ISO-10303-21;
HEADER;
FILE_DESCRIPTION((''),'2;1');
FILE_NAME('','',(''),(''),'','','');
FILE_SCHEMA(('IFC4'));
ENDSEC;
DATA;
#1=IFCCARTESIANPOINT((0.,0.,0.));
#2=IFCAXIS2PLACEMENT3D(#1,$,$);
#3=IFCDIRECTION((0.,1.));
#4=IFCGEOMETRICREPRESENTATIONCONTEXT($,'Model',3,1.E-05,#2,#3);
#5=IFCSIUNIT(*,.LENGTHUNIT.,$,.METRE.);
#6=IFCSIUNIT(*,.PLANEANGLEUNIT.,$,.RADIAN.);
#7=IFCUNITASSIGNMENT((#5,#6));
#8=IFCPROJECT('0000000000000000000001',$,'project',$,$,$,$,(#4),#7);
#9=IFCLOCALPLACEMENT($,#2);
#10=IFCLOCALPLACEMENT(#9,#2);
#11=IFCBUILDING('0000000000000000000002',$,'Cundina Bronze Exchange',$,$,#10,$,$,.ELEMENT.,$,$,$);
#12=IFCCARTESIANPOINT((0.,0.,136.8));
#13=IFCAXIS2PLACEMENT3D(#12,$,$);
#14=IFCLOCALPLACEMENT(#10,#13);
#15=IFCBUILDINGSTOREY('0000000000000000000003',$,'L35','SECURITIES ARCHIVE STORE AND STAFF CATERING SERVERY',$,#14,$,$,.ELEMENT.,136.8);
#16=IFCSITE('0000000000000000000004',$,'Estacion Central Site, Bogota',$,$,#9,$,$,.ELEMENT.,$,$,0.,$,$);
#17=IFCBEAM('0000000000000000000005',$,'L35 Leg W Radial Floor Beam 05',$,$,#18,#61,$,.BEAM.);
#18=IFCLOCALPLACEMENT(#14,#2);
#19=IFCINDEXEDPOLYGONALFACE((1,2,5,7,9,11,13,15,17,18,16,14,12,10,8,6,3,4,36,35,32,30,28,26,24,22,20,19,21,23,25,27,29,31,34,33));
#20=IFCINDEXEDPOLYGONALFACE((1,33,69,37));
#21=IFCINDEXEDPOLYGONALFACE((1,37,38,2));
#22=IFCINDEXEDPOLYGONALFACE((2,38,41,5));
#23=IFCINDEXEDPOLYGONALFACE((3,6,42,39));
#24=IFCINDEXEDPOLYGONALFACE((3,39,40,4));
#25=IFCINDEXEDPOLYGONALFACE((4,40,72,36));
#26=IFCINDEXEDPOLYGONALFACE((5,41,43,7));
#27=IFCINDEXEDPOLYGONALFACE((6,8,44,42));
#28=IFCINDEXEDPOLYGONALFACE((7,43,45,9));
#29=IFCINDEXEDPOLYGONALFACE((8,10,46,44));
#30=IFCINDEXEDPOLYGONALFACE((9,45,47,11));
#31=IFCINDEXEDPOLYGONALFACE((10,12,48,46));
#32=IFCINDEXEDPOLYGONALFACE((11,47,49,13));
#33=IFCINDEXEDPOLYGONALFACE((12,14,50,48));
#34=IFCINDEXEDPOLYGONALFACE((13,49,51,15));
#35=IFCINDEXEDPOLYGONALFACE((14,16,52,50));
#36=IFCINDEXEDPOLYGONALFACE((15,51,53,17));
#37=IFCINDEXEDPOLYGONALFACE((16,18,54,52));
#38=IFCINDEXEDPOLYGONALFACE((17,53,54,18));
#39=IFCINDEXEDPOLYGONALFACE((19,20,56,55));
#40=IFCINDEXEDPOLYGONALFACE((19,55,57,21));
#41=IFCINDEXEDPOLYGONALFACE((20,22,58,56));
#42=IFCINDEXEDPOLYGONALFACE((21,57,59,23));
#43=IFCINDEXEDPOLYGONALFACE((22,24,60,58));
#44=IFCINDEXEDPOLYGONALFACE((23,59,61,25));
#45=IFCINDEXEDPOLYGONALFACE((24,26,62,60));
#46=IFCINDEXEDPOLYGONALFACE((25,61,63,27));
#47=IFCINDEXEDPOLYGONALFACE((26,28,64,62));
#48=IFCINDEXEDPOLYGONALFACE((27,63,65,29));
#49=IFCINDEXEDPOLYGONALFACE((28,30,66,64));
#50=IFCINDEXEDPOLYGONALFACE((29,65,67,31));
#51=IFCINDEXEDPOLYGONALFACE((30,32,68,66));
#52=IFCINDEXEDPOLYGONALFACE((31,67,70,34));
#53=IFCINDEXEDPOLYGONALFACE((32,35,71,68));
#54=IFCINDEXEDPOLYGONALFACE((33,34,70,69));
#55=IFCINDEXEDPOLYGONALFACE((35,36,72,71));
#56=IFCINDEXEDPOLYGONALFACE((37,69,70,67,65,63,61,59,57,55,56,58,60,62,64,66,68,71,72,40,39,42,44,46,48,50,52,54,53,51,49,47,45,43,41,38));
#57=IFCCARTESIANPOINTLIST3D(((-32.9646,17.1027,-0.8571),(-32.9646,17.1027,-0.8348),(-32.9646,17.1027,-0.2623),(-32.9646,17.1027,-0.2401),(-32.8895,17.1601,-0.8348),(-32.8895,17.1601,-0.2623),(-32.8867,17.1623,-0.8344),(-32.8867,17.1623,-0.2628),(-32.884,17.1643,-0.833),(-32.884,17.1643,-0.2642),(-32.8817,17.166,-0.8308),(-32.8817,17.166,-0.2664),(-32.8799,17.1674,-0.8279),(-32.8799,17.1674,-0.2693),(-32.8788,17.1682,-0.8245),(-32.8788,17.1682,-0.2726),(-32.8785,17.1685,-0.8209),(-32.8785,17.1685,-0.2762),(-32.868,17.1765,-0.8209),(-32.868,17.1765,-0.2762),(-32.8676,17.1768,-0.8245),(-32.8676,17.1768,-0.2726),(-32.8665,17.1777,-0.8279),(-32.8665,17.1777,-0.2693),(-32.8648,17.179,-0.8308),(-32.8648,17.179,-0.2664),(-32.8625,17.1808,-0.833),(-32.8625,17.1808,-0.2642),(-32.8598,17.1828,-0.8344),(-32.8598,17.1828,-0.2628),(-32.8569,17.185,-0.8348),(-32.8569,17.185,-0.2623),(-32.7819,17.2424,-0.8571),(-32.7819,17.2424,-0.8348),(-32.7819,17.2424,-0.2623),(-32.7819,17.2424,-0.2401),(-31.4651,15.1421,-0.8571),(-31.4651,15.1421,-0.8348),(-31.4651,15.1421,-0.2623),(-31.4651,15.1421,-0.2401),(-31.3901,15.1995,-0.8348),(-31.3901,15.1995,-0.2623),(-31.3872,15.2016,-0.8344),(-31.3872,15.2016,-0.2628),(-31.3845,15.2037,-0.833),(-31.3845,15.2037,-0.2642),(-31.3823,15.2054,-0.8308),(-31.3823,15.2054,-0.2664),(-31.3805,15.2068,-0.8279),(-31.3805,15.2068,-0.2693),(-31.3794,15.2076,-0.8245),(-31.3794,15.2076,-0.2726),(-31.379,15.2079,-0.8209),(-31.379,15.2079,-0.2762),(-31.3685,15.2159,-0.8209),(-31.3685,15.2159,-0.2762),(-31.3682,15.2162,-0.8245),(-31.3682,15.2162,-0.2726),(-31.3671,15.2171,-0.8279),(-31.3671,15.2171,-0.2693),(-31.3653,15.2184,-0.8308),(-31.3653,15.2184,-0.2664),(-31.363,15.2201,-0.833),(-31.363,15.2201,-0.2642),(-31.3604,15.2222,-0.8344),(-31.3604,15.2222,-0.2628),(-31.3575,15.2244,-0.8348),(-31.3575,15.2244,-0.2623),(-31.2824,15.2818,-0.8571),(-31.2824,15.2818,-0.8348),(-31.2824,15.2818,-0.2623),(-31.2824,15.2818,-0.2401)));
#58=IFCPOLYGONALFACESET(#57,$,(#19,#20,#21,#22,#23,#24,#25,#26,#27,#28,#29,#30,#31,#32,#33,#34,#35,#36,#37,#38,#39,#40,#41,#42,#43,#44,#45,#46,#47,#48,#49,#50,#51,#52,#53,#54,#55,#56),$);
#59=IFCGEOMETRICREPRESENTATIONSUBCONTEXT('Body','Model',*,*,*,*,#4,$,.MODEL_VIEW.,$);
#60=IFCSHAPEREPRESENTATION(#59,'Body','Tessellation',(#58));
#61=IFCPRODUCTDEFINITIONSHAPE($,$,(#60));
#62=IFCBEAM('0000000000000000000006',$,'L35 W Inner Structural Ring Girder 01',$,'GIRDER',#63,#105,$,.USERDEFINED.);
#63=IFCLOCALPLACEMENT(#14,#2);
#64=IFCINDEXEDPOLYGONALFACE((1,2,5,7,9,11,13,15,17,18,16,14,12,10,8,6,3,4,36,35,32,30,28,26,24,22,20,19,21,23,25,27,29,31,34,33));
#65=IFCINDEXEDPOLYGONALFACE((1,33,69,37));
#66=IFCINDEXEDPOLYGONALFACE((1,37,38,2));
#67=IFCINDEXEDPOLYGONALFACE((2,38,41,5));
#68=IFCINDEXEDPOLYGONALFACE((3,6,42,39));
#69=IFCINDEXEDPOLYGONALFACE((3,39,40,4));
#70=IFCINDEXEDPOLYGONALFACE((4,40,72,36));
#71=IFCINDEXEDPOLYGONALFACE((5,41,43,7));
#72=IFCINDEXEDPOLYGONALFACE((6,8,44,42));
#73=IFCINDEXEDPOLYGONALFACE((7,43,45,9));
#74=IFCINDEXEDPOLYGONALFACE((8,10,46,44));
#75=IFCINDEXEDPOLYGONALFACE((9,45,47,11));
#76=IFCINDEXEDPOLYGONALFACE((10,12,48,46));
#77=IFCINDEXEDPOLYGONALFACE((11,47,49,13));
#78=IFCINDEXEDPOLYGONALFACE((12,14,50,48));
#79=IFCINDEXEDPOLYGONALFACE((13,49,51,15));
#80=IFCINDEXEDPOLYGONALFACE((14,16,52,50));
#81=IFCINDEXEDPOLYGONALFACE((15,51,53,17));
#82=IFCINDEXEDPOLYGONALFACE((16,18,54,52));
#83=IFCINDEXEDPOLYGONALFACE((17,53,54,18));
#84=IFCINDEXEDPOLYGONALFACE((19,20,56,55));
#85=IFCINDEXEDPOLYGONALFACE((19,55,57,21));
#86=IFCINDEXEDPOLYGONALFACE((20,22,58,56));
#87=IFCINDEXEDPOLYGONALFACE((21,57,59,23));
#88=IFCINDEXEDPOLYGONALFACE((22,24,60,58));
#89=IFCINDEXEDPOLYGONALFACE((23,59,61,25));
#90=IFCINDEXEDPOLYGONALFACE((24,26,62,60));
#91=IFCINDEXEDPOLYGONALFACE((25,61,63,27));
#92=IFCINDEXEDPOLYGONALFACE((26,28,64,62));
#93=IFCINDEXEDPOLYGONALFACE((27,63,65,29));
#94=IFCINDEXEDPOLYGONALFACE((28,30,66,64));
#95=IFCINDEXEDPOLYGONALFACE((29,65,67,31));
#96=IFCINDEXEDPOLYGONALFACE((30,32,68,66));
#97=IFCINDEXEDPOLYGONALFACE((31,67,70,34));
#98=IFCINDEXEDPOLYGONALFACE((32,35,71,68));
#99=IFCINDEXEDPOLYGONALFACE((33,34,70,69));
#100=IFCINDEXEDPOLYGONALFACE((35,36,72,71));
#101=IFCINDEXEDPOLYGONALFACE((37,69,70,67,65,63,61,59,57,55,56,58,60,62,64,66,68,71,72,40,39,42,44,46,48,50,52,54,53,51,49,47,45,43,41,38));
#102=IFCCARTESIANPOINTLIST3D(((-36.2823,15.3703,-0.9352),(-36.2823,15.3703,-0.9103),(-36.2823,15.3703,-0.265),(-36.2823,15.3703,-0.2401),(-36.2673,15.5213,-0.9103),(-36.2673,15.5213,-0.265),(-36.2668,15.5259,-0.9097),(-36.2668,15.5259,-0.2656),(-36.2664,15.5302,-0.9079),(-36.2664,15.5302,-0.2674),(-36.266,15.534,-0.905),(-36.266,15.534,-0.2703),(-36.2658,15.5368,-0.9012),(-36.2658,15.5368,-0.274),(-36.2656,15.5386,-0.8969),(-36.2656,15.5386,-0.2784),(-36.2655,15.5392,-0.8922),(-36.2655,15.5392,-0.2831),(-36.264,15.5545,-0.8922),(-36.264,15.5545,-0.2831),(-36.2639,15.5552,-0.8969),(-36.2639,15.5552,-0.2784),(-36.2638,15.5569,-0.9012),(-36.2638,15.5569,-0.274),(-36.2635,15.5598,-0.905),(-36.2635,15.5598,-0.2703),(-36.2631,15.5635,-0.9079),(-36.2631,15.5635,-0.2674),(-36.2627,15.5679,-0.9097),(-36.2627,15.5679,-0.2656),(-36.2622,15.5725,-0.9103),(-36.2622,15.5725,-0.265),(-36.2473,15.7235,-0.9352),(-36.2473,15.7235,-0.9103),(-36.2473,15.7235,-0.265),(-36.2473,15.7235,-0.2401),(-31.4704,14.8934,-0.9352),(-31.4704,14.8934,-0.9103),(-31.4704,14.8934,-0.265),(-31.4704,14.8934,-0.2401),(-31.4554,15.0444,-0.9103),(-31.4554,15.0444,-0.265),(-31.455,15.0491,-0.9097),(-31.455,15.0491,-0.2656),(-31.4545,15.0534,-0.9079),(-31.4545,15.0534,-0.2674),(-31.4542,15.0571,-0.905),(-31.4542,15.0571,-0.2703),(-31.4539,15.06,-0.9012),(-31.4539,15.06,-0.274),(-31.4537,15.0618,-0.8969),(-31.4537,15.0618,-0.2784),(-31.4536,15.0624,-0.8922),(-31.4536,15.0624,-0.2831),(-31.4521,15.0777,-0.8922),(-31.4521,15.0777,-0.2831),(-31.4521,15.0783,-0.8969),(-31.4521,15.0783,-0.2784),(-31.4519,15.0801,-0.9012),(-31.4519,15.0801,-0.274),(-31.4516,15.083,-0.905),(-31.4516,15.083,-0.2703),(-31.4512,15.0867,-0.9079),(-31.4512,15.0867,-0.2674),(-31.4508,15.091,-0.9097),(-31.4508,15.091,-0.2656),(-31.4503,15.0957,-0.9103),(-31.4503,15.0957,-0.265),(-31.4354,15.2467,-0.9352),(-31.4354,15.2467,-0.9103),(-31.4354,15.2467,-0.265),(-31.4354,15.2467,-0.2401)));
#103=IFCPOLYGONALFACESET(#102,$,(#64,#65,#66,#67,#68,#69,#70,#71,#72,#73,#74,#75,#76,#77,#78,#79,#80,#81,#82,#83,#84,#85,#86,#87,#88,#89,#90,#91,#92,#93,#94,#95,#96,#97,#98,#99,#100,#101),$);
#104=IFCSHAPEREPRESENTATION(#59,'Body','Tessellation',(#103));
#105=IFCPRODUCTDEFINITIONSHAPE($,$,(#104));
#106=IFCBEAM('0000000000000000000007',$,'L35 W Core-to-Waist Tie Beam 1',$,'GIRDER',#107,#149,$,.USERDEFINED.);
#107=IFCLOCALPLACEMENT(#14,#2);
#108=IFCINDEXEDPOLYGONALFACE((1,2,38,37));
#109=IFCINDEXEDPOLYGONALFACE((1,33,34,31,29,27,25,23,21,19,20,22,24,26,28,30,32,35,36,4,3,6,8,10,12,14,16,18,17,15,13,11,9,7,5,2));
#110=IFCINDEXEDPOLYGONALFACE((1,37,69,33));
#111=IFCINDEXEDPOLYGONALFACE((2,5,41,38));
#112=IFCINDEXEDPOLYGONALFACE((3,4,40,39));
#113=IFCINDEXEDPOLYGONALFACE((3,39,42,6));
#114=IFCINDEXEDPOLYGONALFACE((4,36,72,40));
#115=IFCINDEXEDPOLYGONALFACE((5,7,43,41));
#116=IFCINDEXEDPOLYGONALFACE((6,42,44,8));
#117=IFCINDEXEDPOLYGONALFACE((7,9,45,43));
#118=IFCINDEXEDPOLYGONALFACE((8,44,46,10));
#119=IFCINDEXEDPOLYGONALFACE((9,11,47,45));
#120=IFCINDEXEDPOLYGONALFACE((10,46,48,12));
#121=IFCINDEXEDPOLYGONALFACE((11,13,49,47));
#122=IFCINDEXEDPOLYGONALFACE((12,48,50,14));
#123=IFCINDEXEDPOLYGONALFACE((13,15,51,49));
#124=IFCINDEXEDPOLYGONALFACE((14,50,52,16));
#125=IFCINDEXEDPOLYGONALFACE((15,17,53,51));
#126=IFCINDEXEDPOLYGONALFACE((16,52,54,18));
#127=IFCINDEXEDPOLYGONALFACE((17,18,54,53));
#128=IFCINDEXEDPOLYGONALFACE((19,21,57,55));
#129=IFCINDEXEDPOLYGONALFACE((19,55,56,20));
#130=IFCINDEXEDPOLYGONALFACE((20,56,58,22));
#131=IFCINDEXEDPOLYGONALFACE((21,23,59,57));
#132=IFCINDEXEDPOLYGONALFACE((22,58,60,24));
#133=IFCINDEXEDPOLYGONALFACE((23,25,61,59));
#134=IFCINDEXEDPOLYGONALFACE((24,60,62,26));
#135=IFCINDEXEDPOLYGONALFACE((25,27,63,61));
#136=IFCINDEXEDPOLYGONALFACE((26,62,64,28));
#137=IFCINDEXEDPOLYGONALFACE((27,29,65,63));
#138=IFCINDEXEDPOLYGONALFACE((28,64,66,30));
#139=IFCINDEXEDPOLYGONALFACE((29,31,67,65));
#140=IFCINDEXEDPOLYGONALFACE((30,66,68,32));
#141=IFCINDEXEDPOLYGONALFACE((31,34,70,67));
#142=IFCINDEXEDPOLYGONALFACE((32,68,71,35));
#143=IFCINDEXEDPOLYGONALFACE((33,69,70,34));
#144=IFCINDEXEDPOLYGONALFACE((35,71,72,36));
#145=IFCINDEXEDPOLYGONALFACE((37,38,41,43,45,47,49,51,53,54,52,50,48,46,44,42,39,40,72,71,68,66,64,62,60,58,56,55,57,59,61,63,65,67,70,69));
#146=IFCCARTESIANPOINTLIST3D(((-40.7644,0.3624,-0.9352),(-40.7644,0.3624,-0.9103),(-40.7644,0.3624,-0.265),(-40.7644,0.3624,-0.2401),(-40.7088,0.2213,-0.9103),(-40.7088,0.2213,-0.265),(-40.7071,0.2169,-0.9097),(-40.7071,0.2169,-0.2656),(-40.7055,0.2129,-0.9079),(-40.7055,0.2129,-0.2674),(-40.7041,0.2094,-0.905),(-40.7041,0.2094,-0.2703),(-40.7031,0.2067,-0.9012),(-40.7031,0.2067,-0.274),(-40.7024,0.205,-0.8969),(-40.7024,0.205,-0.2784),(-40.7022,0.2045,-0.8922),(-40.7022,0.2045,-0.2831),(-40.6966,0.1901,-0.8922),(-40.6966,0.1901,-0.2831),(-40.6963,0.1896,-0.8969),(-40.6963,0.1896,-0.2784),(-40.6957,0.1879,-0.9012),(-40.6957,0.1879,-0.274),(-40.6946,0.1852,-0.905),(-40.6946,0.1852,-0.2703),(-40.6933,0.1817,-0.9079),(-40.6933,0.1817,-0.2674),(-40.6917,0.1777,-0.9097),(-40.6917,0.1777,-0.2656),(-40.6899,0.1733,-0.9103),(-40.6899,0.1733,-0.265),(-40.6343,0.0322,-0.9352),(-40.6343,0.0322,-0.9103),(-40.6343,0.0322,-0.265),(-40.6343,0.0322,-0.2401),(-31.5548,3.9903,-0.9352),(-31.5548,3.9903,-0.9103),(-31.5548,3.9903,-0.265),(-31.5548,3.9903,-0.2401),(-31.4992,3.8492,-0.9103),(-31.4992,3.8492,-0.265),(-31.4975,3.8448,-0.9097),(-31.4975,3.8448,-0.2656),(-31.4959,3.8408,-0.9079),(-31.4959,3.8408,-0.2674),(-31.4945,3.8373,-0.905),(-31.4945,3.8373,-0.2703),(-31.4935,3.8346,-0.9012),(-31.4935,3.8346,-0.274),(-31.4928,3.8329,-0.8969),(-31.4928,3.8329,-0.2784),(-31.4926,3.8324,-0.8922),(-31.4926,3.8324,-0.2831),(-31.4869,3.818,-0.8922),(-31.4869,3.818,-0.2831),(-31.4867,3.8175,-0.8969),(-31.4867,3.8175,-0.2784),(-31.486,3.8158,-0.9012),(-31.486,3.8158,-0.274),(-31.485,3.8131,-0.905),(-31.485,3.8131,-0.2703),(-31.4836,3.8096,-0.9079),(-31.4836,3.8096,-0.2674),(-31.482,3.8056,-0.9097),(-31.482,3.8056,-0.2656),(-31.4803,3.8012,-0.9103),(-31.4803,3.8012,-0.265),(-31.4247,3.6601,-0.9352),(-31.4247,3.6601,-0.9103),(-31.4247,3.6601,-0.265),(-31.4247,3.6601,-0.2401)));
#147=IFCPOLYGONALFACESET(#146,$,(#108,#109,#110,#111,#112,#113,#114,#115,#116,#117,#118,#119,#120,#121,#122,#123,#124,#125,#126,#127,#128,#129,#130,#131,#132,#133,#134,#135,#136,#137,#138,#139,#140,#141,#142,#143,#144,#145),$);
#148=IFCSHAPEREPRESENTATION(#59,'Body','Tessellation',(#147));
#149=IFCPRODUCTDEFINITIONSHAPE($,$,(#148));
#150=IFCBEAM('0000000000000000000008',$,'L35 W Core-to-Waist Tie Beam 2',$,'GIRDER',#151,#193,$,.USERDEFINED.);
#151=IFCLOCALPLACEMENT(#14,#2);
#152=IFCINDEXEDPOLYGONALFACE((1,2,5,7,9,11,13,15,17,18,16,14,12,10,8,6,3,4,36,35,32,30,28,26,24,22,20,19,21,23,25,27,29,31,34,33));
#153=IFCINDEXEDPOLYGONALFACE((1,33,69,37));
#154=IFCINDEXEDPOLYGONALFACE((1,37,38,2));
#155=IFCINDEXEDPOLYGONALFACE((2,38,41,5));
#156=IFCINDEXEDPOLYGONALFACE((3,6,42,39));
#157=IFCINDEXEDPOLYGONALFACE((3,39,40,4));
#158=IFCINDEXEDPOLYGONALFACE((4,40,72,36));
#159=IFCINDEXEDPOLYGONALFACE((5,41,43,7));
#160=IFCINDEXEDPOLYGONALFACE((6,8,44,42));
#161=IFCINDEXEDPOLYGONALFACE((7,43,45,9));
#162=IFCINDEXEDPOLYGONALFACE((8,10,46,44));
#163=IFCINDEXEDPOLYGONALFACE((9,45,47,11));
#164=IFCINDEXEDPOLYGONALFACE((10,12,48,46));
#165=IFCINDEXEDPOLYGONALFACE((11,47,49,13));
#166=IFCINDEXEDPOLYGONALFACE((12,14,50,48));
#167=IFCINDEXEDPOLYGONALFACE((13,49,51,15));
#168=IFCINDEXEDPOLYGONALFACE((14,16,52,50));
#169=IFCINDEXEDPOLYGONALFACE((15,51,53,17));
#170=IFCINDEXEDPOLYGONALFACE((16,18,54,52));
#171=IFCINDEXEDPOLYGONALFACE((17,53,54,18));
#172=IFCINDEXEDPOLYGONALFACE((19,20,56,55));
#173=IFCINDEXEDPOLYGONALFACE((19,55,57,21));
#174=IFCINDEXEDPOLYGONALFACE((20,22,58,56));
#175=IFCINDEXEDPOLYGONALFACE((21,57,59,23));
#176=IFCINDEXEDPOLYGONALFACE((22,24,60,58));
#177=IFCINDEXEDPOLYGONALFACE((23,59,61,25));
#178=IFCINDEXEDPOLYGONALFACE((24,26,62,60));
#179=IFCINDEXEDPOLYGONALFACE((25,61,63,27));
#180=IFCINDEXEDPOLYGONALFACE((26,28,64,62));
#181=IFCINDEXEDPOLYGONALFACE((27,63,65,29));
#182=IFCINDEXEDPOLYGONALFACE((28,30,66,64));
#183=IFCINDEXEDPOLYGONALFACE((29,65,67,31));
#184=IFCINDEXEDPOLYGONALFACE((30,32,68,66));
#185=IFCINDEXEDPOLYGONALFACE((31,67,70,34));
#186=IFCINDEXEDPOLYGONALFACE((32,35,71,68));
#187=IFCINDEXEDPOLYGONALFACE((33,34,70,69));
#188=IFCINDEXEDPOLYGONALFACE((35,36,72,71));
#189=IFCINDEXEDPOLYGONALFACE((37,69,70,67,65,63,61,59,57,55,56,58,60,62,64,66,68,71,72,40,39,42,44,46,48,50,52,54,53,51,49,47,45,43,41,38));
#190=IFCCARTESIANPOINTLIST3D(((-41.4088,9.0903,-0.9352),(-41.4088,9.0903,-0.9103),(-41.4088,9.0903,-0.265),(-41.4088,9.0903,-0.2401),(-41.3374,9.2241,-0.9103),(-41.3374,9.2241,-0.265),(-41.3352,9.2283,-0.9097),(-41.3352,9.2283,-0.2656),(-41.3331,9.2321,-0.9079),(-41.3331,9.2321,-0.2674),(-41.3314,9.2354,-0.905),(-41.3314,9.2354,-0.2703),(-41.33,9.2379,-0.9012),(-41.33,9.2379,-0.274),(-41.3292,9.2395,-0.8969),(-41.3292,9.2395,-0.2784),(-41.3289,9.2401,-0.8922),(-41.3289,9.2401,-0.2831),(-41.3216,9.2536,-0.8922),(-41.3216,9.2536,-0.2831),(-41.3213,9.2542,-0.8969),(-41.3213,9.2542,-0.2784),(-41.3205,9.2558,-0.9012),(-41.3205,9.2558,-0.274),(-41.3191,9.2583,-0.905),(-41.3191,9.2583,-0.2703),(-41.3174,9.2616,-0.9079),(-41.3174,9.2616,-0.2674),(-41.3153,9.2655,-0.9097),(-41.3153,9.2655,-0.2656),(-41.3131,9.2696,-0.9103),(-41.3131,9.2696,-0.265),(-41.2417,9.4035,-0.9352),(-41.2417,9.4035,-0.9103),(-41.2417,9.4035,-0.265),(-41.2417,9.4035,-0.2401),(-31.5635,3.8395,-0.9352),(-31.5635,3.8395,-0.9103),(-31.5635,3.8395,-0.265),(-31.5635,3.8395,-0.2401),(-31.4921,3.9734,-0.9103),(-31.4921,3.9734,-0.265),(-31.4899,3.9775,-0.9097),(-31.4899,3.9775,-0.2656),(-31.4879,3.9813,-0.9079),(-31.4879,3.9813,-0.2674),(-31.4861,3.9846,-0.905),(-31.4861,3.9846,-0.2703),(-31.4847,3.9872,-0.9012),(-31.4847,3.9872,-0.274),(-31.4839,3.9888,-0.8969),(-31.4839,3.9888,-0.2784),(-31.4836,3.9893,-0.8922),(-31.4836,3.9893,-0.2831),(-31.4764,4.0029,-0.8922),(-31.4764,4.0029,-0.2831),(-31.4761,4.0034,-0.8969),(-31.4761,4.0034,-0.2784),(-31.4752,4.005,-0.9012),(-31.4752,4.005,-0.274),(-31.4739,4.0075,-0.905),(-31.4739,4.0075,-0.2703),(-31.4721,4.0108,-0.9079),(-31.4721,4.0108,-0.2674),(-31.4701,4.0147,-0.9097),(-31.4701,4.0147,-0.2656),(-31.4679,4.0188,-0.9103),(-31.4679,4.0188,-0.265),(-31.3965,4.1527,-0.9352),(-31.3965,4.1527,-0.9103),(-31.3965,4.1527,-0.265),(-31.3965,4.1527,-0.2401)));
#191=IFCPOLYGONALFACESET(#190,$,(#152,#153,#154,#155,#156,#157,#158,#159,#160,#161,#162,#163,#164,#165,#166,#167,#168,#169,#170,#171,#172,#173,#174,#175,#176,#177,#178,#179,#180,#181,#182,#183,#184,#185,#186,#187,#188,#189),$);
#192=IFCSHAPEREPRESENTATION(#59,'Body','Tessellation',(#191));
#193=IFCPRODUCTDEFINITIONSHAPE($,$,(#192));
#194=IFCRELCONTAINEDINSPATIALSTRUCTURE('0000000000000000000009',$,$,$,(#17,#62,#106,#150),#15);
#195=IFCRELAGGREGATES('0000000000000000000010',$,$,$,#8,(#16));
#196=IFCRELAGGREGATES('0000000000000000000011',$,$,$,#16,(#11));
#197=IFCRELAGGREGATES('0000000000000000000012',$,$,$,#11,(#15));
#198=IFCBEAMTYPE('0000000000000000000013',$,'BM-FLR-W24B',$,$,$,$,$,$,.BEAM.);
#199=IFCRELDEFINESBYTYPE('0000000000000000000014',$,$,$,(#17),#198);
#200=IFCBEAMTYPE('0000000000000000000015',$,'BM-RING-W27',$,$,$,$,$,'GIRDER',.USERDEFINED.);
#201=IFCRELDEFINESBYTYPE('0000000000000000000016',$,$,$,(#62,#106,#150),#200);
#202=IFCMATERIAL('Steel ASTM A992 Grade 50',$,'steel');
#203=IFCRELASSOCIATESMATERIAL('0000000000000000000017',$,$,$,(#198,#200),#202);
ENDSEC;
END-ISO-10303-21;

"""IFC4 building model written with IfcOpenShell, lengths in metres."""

from ifc_helpers import new_model, si_unit, direction, frame, origin, origin_2d, place, context, subcontext, project, spatial, i_section, extrude, material, material_profile, profile_set, type_object, element, save


model = new_model("IFC4")

# Units and contexts
model_context = context("Model", 3, precision=1e-05, world=origin(), true_north=direction((0.0, 1.0)))
body_context = subcontext(model_context, "Body", "Model", "MODEL_VIEW")
ifc_project = project(units=[si_unit("LENGTHUNIT", "METRE"), si_unit("PLANEANGLEUNIT", "RADIAN")], contexts=[model_context])

# Site, building, storey
site_placement = place(None, origin())
site = spatial("IfcSite", under=ifc_project, at=site_placement, Name="Estacion Central Site, Bogota", CompositionType="ELEMENT", RefElevation=0.0)
building_placement = place(site_placement, origin())
building = spatial("IfcBuilding", under=site, at=building_placement, Name="Cundina Bronze Exchange", CompositionType="ELEMENT")
storey_placement = place(building_placement, frame((0.0, 0.0, 136.8)))
storey = spatial("IfcBuildingStorey", under=building, at=storey_placement, Name="L35", Description="SECURITIES ARCHIVE STORE AND STAFF CATERING SERVERY", CompositionType="ELEMENT", Elevation=136.8)

# Shared definitions
ifc_material_1 = material(Name="Steel ASTM A992 Grade 50", Category="steel")

# Beams
ifc_material_profile_1 = material_profile(ifc_material_1, i_section(OverallWidth=0.23, OverallDepth=0.6169, WebThickness=0.0132, FlangeThickness=0.0222, FilletRadius=0.0139, at=origin_2d()), Name="W24X94", Category="steel")
ifc_profile_set_1 = profile_set([ifc_material_profile_1], Name="Steel ASTM A992 Grade 50")
beam_type_1 = type_object("IfcBeamType", Name="BM-FLR-W24B", PredefinedType="BEAM", material=ifc_profile_set_1)
beam_1_placement = place(storey_placement, frame((-31.3738, 15.2119, -0.5486), z_axis=(-0.60749, 0.794327, 0.0), x_axis=(-0.794327, -0.60749, 0.0)))
element("IfcBeam", 1, at=beam_1_placement, inside=storey, type_object=beam_type_1, Name="L35 Leg W Radial Floor Beam 05", PredefinedType="BEAM", context=body_context, shape_type="SweptSolid", body=[
    extrude(i_section(OverallWidth=0.23, OverallDepth=0.6169, WebThickness=0.0132, FlangeThickness=0.0222, FilletRadius=0.0139, at=origin_2d()), origin(), (0.0, 0.0, 1.0), 2.4683),
])
ifc_material_profile_2 = material_profile(ifc_material_1, i_section(OverallWidth=0.355, OverallDepth=0.6951, WebThickness=0.0154, FlangeThickness=0.0249, FilletRadius=0.0181, at=origin_2d()), Name="W27X146", Category="steel")
ifc_profile_set_2 = profile_set([ifc_material_profile_2], Name="Steel ASTM A992 Grade 50")
beam_type_2 = type_object("IfcBeamType", Name="BM-RING-W27", ElementType="GIRDER", PredefinedType="USERDEFINED", material=ifc_profile_set_2)
beam_2_placement = place(storey_placement, frame((-31.4529, 15.0701, -0.5876), z_axis=(-0.995126, 0.098609, 0.0), x_axis=(-0.098609, -0.995126, 0.0)))
element("IfcBeam", 2, at=beam_2_placement, inside=storey, type_object=beam_type_2, Name="L35 W Inner Structural Ring Girder 01", ObjectType="GIRDER", PredefinedType="USERDEFINED", context=body_context, shape_type="SweptSolid", body=[
    extrude(i_section(OverallWidth=0.355, OverallDepth=0.6951, WebThickness=0.0154, FlangeThickness=0.0249, FilletRadius=0.0181, at=origin_2d()), origin(), (0.0, 0.0, 1.0), 4.8354),
])
beam_3_placement = place(storey_placement, frame((-31.4897, 3.8252, -0.5876), z_axis=(-0.930413, -0.366512, 0.0), x_axis=(0.366512, -0.930413, 0.0)))
element("IfcBeam", 3, at=beam_3_placement, inside=storey, type_object=beam_type_2, Name="L35 W Core-to-Waist Tie Beam 1", ObjectType="GIRDER", PredefinedType="USERDEFINED", context=body_context, shape_type="SweptSolid", body=[
    extrude(i_section(OverallWidth=0.355, OverallDepth=0.6951, WebThickness=0.0154, FlangeThickness=0.0249, FilletRadius=0.0181, at=origin_2d()), origin(), (0.0, 0.0, 1.0), 9.8984),
])
beam_4_placement = place(storey_placement, frame((-31.48, 3.9961, -0.5876), z_axis=(-0.882355, 0.470585, 0.0), x_axis=(-0.470585, -0.882355, 0.0)))
element("IfcBeam", 4, at=beam_4_placement, inside=storey, type_object=beam_type_2, Name="L35 W Core-to-Waist Tie Beam 2", ObjectType="GIRDER", PredefinedType="USERDEFINED", context=body_context, shape_type="SweptSolid", body=[
    extrude(i_section(OverallWidth=0.355, OverallDepth=0.6951, WebThickness=0.0154, FlangeThickness=0.0249, FilletRadius=0.0181, at=origin_2d()), origin(), (0.0, 0.0, 1.0), 11.158),
])

save(model, "model.ifc")
